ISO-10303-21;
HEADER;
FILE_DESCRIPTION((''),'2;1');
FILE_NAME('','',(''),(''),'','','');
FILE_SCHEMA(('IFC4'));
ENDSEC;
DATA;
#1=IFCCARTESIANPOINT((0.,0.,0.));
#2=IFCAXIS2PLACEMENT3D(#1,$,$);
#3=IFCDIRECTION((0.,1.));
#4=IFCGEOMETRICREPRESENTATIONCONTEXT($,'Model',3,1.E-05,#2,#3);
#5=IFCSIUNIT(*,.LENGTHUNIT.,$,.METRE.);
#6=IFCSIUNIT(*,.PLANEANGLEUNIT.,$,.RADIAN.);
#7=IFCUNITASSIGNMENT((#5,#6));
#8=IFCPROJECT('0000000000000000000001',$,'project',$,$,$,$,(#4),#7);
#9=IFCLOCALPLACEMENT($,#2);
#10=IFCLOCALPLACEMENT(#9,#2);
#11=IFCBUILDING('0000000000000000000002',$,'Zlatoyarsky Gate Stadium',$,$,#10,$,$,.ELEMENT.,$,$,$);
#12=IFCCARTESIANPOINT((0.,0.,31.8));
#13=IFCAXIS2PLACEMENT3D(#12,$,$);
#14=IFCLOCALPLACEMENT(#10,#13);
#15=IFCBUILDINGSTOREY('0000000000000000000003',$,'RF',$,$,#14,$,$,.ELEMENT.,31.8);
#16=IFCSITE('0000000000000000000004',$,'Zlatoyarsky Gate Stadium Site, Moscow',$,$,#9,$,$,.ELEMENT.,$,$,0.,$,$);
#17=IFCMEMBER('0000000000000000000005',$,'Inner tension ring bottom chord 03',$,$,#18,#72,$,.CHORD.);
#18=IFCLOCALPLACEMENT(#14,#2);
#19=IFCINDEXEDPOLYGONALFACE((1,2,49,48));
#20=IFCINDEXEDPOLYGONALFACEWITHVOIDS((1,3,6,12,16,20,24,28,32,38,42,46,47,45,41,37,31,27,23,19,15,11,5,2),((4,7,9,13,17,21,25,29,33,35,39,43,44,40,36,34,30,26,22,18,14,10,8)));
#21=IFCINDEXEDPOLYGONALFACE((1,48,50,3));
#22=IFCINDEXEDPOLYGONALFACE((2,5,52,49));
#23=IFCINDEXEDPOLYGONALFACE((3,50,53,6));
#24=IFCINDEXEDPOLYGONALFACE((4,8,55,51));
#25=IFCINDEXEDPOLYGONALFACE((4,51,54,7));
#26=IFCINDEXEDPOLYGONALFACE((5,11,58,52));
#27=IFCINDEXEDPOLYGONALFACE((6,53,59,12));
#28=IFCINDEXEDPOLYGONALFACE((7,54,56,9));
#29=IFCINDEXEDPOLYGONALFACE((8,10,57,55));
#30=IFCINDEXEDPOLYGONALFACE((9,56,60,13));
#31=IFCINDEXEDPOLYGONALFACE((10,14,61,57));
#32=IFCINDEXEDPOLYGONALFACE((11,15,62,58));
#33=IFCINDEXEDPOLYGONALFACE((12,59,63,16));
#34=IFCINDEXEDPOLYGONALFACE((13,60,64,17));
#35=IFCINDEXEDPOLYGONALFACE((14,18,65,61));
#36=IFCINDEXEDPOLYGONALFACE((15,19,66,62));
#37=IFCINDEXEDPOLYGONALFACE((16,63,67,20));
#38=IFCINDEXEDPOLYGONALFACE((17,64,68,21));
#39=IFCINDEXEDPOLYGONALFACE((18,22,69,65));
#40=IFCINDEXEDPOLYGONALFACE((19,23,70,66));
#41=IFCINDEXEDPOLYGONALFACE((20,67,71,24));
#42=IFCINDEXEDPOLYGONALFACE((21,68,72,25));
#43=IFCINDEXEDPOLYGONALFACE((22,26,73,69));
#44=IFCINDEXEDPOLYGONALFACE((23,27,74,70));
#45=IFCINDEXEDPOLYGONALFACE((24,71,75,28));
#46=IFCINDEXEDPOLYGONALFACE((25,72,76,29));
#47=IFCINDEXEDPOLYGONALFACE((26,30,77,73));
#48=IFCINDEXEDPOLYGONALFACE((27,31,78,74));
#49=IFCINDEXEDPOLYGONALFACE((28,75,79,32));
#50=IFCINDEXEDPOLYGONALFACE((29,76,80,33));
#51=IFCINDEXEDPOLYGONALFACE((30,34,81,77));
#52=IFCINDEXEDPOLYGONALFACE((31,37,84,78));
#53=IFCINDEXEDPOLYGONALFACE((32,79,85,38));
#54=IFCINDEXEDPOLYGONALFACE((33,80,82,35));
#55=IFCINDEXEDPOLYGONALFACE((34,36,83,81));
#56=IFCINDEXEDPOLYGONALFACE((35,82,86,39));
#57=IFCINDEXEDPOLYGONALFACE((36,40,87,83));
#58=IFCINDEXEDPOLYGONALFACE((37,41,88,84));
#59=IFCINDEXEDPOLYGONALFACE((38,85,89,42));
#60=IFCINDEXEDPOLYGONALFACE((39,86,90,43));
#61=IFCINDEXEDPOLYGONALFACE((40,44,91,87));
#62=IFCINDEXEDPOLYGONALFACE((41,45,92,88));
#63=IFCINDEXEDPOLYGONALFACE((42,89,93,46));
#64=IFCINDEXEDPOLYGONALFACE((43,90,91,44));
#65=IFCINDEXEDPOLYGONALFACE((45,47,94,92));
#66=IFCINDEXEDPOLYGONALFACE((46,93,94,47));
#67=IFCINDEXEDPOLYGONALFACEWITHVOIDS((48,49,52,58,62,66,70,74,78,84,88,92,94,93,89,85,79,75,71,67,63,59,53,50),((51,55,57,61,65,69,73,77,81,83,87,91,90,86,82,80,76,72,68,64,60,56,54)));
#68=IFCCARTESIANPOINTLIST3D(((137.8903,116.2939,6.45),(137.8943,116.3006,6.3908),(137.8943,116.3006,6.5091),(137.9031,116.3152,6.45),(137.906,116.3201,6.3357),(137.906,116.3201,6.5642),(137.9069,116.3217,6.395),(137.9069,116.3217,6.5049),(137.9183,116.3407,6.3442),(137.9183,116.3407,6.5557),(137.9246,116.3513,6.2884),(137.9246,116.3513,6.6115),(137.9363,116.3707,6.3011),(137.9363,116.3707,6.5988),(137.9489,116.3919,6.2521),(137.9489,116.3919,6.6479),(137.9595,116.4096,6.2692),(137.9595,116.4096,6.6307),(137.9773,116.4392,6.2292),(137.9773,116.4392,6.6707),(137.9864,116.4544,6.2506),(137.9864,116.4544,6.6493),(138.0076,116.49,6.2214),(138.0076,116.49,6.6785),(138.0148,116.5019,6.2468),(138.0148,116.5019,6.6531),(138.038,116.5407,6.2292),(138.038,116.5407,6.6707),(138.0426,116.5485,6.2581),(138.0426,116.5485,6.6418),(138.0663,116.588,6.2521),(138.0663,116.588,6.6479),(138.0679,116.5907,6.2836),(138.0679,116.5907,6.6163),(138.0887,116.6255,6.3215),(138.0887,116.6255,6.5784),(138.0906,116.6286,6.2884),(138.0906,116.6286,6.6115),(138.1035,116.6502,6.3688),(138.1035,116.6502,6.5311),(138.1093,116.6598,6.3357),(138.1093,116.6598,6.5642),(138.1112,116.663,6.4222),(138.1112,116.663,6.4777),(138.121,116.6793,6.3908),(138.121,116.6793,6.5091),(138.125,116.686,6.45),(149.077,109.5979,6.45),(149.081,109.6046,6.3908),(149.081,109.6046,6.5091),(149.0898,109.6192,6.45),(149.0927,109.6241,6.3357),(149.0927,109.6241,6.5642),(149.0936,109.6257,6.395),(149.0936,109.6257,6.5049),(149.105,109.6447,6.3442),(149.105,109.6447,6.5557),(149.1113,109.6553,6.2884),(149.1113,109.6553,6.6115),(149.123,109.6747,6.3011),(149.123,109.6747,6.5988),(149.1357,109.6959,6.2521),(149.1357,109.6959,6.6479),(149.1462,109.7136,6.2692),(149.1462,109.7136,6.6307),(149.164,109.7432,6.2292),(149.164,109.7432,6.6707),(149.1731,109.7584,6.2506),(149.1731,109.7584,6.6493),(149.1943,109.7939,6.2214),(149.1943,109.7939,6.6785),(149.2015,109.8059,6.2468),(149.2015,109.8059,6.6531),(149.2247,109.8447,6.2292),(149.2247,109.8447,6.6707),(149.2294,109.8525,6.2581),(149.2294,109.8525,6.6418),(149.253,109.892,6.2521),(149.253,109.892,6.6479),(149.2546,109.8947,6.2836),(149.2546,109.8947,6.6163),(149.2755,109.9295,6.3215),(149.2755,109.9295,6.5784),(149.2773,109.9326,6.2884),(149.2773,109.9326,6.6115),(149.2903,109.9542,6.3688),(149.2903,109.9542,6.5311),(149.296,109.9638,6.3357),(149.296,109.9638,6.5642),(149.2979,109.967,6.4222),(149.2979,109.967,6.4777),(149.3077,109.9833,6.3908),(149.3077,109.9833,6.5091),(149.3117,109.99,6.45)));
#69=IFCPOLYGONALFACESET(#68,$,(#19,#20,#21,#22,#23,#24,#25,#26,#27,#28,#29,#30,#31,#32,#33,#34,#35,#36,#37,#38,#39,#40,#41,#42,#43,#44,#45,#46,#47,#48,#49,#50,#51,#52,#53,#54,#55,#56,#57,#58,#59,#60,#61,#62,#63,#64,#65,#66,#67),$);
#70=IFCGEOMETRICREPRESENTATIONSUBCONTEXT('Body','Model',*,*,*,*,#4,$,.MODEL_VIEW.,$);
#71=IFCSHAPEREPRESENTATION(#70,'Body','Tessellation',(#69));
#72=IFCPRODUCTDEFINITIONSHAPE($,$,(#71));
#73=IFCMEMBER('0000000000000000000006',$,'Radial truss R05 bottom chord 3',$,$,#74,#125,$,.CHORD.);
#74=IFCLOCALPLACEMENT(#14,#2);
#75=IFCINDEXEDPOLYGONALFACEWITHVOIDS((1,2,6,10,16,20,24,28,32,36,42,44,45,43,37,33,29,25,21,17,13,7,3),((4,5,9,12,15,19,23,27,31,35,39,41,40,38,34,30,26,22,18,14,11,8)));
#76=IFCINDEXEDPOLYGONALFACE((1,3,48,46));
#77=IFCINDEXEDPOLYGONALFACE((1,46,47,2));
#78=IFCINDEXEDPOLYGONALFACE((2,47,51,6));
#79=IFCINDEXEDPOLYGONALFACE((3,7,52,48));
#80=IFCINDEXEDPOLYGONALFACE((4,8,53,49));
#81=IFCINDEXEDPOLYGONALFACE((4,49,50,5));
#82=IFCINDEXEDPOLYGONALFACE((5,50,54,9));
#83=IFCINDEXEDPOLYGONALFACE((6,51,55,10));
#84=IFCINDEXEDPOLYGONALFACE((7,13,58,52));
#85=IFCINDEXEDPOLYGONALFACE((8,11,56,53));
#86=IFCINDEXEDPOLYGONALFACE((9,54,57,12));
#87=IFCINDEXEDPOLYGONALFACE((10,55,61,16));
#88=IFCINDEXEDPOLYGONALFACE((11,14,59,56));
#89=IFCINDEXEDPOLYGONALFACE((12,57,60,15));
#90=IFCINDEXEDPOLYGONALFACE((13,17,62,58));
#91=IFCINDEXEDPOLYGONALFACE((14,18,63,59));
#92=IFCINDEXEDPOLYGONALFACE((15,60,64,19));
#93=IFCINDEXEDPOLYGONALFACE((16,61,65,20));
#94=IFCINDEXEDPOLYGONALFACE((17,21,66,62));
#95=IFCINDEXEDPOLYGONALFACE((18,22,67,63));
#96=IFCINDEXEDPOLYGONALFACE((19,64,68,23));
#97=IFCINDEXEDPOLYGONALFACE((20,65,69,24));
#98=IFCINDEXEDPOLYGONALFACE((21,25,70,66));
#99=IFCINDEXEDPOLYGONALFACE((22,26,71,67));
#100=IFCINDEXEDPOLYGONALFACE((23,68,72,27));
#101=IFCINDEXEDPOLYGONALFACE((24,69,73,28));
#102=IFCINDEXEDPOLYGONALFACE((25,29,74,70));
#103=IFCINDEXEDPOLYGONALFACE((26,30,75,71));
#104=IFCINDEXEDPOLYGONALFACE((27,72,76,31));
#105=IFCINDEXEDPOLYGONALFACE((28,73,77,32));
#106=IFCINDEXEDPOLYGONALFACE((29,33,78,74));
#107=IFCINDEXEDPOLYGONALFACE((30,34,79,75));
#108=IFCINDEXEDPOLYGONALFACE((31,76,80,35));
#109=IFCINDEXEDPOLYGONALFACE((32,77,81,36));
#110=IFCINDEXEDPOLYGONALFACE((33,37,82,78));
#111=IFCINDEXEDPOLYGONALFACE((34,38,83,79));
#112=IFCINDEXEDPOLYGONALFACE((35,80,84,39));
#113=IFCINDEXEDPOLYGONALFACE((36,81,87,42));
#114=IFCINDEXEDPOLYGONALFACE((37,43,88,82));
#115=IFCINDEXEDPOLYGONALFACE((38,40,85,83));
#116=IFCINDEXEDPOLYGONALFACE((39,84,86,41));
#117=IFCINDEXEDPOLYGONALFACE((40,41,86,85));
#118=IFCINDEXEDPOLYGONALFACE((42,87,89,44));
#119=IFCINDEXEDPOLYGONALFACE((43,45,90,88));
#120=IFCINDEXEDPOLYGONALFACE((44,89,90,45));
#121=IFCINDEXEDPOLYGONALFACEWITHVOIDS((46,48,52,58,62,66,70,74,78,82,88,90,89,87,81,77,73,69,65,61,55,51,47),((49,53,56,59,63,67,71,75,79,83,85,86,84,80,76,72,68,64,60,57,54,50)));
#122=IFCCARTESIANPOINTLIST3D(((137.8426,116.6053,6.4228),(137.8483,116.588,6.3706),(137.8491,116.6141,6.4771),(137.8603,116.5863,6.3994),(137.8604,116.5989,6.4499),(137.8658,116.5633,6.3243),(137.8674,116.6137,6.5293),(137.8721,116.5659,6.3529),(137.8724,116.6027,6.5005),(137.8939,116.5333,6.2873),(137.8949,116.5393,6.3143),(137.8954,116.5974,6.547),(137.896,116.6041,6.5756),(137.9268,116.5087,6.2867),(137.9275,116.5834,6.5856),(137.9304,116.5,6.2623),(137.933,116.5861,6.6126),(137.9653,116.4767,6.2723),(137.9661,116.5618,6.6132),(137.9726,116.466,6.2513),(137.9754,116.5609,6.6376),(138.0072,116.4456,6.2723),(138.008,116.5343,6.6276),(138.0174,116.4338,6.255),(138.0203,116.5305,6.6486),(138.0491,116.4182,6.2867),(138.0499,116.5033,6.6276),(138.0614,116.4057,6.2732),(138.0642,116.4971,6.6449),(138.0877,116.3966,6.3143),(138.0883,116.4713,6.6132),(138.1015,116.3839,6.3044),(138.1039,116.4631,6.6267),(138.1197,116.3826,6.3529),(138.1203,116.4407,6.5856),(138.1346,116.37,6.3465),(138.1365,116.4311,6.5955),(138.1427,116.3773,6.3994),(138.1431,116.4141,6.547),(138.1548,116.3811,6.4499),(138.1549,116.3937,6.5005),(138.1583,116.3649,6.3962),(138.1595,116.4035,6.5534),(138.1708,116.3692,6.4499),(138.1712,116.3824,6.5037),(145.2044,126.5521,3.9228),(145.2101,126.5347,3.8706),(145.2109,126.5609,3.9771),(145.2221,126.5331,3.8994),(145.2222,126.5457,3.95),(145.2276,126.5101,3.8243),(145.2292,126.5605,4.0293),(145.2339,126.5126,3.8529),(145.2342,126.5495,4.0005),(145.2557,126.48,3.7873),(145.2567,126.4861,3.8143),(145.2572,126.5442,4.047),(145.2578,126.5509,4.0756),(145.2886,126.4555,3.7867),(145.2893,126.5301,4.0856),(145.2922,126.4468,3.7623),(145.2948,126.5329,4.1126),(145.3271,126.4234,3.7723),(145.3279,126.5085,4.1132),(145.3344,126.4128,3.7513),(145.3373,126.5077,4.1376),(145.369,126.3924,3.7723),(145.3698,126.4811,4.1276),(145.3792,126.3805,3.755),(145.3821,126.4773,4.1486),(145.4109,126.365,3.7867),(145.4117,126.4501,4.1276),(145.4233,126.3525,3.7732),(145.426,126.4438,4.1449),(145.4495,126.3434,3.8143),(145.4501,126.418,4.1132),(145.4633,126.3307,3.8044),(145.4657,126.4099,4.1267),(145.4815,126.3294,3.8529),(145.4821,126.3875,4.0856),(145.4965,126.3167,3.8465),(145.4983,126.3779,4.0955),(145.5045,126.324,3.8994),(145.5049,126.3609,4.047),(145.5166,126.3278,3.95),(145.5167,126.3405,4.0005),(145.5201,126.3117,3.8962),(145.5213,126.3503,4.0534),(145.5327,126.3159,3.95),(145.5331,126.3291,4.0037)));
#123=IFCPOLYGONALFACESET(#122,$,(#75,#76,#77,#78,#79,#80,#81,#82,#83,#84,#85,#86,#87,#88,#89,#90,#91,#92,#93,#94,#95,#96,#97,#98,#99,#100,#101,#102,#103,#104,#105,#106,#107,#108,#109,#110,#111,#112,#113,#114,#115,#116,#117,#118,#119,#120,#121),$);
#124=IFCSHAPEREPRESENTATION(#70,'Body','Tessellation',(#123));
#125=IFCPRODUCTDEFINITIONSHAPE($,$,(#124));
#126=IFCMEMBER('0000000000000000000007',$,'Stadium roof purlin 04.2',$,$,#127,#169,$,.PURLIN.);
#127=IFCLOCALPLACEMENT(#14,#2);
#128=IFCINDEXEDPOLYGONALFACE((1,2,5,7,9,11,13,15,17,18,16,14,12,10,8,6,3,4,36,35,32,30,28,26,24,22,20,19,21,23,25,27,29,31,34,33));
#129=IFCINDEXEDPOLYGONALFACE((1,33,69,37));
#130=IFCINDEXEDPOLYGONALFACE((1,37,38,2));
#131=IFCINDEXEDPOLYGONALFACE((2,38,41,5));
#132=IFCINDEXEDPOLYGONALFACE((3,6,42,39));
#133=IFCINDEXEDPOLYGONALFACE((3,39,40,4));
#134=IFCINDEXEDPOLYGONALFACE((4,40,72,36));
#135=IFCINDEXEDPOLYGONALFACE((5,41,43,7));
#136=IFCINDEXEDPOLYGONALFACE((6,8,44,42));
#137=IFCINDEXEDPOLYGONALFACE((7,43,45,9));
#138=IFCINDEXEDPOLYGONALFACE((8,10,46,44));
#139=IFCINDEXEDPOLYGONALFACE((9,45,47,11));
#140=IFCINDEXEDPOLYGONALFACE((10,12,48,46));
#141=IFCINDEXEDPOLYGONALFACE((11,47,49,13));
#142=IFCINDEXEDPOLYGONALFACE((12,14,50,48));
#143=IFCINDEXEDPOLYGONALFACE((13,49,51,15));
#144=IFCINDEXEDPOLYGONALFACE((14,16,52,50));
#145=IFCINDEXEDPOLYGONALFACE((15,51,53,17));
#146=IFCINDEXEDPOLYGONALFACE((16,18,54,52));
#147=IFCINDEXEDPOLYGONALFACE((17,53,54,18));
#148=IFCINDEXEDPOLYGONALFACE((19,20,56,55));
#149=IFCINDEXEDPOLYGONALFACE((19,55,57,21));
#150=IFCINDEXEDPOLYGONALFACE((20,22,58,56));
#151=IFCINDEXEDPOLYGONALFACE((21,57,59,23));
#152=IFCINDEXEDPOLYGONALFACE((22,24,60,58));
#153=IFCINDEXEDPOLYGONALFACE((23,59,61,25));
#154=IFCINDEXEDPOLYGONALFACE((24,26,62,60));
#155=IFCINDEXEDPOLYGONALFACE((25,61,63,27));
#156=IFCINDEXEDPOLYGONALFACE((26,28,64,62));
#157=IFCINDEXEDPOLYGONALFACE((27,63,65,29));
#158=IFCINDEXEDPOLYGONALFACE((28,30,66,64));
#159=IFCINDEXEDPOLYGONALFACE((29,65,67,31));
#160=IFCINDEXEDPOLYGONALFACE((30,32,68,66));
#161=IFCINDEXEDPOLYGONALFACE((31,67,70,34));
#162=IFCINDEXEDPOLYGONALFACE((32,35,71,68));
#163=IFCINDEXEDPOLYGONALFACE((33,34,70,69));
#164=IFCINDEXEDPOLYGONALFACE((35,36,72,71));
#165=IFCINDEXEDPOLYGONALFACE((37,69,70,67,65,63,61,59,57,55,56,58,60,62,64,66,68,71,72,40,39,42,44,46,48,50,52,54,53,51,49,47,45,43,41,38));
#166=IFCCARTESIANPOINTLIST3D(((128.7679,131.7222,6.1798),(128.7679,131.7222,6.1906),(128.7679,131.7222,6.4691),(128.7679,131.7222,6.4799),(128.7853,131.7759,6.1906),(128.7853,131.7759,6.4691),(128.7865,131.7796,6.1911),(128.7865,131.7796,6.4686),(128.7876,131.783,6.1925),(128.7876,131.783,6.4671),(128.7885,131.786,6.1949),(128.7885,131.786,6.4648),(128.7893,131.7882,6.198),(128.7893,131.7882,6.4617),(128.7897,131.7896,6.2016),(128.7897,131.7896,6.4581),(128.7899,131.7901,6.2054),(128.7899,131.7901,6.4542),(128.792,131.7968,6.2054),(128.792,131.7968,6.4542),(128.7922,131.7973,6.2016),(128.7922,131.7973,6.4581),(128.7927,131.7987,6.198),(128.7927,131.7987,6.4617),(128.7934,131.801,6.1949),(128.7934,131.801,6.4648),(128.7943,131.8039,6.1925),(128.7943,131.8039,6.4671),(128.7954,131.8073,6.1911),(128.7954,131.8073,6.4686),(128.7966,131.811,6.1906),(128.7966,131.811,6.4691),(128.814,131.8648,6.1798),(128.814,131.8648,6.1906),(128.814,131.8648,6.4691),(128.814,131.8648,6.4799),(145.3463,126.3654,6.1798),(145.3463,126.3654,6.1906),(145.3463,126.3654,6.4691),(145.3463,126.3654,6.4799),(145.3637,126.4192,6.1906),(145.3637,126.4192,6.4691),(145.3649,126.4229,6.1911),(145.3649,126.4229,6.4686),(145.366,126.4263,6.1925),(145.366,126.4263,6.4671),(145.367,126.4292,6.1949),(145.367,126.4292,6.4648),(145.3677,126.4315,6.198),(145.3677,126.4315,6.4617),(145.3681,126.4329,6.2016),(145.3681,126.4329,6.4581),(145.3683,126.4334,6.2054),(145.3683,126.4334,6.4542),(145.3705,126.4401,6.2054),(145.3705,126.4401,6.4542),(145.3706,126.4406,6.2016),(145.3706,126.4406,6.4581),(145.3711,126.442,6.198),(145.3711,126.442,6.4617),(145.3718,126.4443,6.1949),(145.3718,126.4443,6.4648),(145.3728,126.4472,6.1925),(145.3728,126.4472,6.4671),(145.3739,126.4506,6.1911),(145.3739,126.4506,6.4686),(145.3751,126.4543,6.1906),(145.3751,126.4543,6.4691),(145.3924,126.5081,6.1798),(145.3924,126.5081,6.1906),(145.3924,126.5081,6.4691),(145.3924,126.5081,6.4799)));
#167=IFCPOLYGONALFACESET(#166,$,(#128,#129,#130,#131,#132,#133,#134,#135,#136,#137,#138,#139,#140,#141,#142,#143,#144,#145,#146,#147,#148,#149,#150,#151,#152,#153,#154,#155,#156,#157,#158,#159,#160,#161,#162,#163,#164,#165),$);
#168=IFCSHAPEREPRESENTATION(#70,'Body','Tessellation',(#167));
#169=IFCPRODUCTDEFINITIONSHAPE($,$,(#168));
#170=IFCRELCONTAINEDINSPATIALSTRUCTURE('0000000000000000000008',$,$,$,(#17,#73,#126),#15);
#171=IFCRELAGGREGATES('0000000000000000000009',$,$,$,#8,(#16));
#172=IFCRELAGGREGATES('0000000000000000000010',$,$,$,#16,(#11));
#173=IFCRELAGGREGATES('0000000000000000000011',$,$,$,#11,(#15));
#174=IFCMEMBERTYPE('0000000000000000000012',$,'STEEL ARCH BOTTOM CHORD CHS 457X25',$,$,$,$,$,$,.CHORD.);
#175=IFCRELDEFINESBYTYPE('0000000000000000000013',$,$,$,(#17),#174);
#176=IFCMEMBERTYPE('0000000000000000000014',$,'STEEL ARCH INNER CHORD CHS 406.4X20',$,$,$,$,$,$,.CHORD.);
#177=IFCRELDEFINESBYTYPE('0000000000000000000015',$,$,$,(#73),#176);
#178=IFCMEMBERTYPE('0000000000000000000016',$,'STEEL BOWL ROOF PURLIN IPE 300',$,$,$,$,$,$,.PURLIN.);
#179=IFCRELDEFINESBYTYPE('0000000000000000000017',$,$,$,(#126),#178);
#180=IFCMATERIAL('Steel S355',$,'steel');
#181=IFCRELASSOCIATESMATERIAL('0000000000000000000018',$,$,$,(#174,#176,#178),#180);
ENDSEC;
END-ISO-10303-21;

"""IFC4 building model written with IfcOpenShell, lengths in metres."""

from ifc_helpers import new_model, si_unit, direction, frame, origin, origin_2d, place, context, subcontext, project, spatial, hollow_circle, i_section, extrude, material, material_profile, profile_set, type_object, element, save


model = new_model("IFC4")

# Units and contexts
model_context = context("Model", 3, precision=1e-05, world=origin(), true_north=direction((0.0, 1.0)))
body_context = subcontext(model_context, "Body", "Model", "MODEL_VIEW")
ifc_project = project(units=[si_unit("LENGTHUNIT", "METRE"), si_unit("PLANEANGLEUNIT", "RADIAN")], contexts=[model_context])

# Site, building, storey
site_placement = place(None, origin())
site = spatial("IfcSite", under=ifc_project, at=site_placement, Name="Zlatoyarsky Gate Stadium Site, Moscow", CompositionType="ELEMENT", RefElevation=0.0)
building_placement = place(site_placement, origin())
building = spatial("IfcBuilding", under=site, at=building_placement, Name="Zlatoyarsky Gate Stadium", CompositionType="ELEMENT")
storey_placement = place(building_placement, frame((0.0, 0.0, 31.8)))
storey = spatial("IfcBuildingStorey", under=building, at=storey_placement, Name="RF", CompositionType="ELEMENT", Elevation=31.8)

# Members
ifc_material_1 = material(Name="Steel S355", Category="steel")
ifc_material_profile_1 = material_profile(ifc_material_1, hollow_circle(Radius=0.2285, WallThickness=0.0249, at=origin_2d()), Name="CHS 457X25")
ifc_profile_set_1 = profile_set([ifc_material_profile_1], Name="Steel S355")
member_type_1 = type_object("IfcMemberType", Name="STEEL ARCH BOTTOM CHORD CHS 457X25", PredefinedType="CHORD", material=ifc_profile_set_1)
member_1_placement = place(storey_placement, frame((149.1943, 109.7939, 6.45), z_axis=(-0.858034, 0.513592, 0.0), x_axis=(-0.513592, -0.858034, 0.0)))
element("IfcMember", 1, at=member_1_placement, inside=storey, type_object=member_type_1, Name="Inner tension ring bottom chord 03", PredefinedType="CHORD", context=body_context, shape_type="SweptSolid", body=[
    extrude(hollow_circle(Radius=0.2285, WallThickness=0.0249, at=origin_2d()), origin(), (0.0, 0.0, 1.0), 13.0376),
])
ifc_material_profile_2 = material_profile(ifc_material_1, hollow_circle(Radius=0.2031, WallThickness=0.02, at=origin_2d()), Name="CHS 406.4X20")
ifc_profile_set_2 = profile_set([ifc_material_profile_2], Name="Steel S355")
member_type_2 = type_object("IfcMemberType", Name="STEEL ARCH INNER CHORD CHS 406.4X20", PredefinedType="CHORD", material=ifc_profile_set_2)
member_2_placement = place(storey_placement, frame((145.3694, 126.4368, 3.95), z_axis=(-0.583125, -0.787878, 0.198023), x_axis=(0.803795, -0.594906, 0.0)))
element("IfcMember", 2, at=member_2_placement, inside=storey, type_object=member_type_2, Name="Radial truss R05 bottom chord 3", PredefinedType="CHORD", context=body_context, shape_type="SweptSolid", body=[
    extrude(hollow_circle(Radius=0.2031, WallThickness=0.02, at=origin_2d()), origin(), (0.0, 0.0, 1.0), 12.6248),
])
ifc_material_profile_3 = material_profile(ifc_material_1, i_section(OverallWidth=0.1499, OverallDepth=0.3, WebThickness=0.0071, FlangeThickness=0.0107, FilletRadius=0.0149, at=origin_2d()), Name="IPE 300")
ifc_profile_set_3 = profile_set([ifc_material_profile_3], Name="Steel S355")
member_type_3 = type_object("IfcMemberType", Name="STEEL BOWL ROOF PURLIN IPE 300", PredefinedType="PURLIN", material=ifc_profile_set_3)
member_3_placement = place(storey_placement, frame((145.3694, 126.4368, 6.3298), z_axis=(-0.95156, 0.307462, 0.0), x_axis=(-0.307462, -0.95156, 0.0)))
element("IfcMember", 3, at=member_3_placement, inside=storey, type_object=member_type_3, Name="Stadium roof purlin 04.2", PredefinedType="PURLIN", context=body_context, shape_type="SweptSolid", body=[
    extrude(i_section(OverallWidth=0.1499, OverallDepth=0.3, WebThickness=0.0071, FlangeThickness=0.0107, FilletRadius=0.0149, at=origin_2d()), origin(), (0.0, 0.0, 1.0), 17.4224),
])

save(model, "model.ifc")
